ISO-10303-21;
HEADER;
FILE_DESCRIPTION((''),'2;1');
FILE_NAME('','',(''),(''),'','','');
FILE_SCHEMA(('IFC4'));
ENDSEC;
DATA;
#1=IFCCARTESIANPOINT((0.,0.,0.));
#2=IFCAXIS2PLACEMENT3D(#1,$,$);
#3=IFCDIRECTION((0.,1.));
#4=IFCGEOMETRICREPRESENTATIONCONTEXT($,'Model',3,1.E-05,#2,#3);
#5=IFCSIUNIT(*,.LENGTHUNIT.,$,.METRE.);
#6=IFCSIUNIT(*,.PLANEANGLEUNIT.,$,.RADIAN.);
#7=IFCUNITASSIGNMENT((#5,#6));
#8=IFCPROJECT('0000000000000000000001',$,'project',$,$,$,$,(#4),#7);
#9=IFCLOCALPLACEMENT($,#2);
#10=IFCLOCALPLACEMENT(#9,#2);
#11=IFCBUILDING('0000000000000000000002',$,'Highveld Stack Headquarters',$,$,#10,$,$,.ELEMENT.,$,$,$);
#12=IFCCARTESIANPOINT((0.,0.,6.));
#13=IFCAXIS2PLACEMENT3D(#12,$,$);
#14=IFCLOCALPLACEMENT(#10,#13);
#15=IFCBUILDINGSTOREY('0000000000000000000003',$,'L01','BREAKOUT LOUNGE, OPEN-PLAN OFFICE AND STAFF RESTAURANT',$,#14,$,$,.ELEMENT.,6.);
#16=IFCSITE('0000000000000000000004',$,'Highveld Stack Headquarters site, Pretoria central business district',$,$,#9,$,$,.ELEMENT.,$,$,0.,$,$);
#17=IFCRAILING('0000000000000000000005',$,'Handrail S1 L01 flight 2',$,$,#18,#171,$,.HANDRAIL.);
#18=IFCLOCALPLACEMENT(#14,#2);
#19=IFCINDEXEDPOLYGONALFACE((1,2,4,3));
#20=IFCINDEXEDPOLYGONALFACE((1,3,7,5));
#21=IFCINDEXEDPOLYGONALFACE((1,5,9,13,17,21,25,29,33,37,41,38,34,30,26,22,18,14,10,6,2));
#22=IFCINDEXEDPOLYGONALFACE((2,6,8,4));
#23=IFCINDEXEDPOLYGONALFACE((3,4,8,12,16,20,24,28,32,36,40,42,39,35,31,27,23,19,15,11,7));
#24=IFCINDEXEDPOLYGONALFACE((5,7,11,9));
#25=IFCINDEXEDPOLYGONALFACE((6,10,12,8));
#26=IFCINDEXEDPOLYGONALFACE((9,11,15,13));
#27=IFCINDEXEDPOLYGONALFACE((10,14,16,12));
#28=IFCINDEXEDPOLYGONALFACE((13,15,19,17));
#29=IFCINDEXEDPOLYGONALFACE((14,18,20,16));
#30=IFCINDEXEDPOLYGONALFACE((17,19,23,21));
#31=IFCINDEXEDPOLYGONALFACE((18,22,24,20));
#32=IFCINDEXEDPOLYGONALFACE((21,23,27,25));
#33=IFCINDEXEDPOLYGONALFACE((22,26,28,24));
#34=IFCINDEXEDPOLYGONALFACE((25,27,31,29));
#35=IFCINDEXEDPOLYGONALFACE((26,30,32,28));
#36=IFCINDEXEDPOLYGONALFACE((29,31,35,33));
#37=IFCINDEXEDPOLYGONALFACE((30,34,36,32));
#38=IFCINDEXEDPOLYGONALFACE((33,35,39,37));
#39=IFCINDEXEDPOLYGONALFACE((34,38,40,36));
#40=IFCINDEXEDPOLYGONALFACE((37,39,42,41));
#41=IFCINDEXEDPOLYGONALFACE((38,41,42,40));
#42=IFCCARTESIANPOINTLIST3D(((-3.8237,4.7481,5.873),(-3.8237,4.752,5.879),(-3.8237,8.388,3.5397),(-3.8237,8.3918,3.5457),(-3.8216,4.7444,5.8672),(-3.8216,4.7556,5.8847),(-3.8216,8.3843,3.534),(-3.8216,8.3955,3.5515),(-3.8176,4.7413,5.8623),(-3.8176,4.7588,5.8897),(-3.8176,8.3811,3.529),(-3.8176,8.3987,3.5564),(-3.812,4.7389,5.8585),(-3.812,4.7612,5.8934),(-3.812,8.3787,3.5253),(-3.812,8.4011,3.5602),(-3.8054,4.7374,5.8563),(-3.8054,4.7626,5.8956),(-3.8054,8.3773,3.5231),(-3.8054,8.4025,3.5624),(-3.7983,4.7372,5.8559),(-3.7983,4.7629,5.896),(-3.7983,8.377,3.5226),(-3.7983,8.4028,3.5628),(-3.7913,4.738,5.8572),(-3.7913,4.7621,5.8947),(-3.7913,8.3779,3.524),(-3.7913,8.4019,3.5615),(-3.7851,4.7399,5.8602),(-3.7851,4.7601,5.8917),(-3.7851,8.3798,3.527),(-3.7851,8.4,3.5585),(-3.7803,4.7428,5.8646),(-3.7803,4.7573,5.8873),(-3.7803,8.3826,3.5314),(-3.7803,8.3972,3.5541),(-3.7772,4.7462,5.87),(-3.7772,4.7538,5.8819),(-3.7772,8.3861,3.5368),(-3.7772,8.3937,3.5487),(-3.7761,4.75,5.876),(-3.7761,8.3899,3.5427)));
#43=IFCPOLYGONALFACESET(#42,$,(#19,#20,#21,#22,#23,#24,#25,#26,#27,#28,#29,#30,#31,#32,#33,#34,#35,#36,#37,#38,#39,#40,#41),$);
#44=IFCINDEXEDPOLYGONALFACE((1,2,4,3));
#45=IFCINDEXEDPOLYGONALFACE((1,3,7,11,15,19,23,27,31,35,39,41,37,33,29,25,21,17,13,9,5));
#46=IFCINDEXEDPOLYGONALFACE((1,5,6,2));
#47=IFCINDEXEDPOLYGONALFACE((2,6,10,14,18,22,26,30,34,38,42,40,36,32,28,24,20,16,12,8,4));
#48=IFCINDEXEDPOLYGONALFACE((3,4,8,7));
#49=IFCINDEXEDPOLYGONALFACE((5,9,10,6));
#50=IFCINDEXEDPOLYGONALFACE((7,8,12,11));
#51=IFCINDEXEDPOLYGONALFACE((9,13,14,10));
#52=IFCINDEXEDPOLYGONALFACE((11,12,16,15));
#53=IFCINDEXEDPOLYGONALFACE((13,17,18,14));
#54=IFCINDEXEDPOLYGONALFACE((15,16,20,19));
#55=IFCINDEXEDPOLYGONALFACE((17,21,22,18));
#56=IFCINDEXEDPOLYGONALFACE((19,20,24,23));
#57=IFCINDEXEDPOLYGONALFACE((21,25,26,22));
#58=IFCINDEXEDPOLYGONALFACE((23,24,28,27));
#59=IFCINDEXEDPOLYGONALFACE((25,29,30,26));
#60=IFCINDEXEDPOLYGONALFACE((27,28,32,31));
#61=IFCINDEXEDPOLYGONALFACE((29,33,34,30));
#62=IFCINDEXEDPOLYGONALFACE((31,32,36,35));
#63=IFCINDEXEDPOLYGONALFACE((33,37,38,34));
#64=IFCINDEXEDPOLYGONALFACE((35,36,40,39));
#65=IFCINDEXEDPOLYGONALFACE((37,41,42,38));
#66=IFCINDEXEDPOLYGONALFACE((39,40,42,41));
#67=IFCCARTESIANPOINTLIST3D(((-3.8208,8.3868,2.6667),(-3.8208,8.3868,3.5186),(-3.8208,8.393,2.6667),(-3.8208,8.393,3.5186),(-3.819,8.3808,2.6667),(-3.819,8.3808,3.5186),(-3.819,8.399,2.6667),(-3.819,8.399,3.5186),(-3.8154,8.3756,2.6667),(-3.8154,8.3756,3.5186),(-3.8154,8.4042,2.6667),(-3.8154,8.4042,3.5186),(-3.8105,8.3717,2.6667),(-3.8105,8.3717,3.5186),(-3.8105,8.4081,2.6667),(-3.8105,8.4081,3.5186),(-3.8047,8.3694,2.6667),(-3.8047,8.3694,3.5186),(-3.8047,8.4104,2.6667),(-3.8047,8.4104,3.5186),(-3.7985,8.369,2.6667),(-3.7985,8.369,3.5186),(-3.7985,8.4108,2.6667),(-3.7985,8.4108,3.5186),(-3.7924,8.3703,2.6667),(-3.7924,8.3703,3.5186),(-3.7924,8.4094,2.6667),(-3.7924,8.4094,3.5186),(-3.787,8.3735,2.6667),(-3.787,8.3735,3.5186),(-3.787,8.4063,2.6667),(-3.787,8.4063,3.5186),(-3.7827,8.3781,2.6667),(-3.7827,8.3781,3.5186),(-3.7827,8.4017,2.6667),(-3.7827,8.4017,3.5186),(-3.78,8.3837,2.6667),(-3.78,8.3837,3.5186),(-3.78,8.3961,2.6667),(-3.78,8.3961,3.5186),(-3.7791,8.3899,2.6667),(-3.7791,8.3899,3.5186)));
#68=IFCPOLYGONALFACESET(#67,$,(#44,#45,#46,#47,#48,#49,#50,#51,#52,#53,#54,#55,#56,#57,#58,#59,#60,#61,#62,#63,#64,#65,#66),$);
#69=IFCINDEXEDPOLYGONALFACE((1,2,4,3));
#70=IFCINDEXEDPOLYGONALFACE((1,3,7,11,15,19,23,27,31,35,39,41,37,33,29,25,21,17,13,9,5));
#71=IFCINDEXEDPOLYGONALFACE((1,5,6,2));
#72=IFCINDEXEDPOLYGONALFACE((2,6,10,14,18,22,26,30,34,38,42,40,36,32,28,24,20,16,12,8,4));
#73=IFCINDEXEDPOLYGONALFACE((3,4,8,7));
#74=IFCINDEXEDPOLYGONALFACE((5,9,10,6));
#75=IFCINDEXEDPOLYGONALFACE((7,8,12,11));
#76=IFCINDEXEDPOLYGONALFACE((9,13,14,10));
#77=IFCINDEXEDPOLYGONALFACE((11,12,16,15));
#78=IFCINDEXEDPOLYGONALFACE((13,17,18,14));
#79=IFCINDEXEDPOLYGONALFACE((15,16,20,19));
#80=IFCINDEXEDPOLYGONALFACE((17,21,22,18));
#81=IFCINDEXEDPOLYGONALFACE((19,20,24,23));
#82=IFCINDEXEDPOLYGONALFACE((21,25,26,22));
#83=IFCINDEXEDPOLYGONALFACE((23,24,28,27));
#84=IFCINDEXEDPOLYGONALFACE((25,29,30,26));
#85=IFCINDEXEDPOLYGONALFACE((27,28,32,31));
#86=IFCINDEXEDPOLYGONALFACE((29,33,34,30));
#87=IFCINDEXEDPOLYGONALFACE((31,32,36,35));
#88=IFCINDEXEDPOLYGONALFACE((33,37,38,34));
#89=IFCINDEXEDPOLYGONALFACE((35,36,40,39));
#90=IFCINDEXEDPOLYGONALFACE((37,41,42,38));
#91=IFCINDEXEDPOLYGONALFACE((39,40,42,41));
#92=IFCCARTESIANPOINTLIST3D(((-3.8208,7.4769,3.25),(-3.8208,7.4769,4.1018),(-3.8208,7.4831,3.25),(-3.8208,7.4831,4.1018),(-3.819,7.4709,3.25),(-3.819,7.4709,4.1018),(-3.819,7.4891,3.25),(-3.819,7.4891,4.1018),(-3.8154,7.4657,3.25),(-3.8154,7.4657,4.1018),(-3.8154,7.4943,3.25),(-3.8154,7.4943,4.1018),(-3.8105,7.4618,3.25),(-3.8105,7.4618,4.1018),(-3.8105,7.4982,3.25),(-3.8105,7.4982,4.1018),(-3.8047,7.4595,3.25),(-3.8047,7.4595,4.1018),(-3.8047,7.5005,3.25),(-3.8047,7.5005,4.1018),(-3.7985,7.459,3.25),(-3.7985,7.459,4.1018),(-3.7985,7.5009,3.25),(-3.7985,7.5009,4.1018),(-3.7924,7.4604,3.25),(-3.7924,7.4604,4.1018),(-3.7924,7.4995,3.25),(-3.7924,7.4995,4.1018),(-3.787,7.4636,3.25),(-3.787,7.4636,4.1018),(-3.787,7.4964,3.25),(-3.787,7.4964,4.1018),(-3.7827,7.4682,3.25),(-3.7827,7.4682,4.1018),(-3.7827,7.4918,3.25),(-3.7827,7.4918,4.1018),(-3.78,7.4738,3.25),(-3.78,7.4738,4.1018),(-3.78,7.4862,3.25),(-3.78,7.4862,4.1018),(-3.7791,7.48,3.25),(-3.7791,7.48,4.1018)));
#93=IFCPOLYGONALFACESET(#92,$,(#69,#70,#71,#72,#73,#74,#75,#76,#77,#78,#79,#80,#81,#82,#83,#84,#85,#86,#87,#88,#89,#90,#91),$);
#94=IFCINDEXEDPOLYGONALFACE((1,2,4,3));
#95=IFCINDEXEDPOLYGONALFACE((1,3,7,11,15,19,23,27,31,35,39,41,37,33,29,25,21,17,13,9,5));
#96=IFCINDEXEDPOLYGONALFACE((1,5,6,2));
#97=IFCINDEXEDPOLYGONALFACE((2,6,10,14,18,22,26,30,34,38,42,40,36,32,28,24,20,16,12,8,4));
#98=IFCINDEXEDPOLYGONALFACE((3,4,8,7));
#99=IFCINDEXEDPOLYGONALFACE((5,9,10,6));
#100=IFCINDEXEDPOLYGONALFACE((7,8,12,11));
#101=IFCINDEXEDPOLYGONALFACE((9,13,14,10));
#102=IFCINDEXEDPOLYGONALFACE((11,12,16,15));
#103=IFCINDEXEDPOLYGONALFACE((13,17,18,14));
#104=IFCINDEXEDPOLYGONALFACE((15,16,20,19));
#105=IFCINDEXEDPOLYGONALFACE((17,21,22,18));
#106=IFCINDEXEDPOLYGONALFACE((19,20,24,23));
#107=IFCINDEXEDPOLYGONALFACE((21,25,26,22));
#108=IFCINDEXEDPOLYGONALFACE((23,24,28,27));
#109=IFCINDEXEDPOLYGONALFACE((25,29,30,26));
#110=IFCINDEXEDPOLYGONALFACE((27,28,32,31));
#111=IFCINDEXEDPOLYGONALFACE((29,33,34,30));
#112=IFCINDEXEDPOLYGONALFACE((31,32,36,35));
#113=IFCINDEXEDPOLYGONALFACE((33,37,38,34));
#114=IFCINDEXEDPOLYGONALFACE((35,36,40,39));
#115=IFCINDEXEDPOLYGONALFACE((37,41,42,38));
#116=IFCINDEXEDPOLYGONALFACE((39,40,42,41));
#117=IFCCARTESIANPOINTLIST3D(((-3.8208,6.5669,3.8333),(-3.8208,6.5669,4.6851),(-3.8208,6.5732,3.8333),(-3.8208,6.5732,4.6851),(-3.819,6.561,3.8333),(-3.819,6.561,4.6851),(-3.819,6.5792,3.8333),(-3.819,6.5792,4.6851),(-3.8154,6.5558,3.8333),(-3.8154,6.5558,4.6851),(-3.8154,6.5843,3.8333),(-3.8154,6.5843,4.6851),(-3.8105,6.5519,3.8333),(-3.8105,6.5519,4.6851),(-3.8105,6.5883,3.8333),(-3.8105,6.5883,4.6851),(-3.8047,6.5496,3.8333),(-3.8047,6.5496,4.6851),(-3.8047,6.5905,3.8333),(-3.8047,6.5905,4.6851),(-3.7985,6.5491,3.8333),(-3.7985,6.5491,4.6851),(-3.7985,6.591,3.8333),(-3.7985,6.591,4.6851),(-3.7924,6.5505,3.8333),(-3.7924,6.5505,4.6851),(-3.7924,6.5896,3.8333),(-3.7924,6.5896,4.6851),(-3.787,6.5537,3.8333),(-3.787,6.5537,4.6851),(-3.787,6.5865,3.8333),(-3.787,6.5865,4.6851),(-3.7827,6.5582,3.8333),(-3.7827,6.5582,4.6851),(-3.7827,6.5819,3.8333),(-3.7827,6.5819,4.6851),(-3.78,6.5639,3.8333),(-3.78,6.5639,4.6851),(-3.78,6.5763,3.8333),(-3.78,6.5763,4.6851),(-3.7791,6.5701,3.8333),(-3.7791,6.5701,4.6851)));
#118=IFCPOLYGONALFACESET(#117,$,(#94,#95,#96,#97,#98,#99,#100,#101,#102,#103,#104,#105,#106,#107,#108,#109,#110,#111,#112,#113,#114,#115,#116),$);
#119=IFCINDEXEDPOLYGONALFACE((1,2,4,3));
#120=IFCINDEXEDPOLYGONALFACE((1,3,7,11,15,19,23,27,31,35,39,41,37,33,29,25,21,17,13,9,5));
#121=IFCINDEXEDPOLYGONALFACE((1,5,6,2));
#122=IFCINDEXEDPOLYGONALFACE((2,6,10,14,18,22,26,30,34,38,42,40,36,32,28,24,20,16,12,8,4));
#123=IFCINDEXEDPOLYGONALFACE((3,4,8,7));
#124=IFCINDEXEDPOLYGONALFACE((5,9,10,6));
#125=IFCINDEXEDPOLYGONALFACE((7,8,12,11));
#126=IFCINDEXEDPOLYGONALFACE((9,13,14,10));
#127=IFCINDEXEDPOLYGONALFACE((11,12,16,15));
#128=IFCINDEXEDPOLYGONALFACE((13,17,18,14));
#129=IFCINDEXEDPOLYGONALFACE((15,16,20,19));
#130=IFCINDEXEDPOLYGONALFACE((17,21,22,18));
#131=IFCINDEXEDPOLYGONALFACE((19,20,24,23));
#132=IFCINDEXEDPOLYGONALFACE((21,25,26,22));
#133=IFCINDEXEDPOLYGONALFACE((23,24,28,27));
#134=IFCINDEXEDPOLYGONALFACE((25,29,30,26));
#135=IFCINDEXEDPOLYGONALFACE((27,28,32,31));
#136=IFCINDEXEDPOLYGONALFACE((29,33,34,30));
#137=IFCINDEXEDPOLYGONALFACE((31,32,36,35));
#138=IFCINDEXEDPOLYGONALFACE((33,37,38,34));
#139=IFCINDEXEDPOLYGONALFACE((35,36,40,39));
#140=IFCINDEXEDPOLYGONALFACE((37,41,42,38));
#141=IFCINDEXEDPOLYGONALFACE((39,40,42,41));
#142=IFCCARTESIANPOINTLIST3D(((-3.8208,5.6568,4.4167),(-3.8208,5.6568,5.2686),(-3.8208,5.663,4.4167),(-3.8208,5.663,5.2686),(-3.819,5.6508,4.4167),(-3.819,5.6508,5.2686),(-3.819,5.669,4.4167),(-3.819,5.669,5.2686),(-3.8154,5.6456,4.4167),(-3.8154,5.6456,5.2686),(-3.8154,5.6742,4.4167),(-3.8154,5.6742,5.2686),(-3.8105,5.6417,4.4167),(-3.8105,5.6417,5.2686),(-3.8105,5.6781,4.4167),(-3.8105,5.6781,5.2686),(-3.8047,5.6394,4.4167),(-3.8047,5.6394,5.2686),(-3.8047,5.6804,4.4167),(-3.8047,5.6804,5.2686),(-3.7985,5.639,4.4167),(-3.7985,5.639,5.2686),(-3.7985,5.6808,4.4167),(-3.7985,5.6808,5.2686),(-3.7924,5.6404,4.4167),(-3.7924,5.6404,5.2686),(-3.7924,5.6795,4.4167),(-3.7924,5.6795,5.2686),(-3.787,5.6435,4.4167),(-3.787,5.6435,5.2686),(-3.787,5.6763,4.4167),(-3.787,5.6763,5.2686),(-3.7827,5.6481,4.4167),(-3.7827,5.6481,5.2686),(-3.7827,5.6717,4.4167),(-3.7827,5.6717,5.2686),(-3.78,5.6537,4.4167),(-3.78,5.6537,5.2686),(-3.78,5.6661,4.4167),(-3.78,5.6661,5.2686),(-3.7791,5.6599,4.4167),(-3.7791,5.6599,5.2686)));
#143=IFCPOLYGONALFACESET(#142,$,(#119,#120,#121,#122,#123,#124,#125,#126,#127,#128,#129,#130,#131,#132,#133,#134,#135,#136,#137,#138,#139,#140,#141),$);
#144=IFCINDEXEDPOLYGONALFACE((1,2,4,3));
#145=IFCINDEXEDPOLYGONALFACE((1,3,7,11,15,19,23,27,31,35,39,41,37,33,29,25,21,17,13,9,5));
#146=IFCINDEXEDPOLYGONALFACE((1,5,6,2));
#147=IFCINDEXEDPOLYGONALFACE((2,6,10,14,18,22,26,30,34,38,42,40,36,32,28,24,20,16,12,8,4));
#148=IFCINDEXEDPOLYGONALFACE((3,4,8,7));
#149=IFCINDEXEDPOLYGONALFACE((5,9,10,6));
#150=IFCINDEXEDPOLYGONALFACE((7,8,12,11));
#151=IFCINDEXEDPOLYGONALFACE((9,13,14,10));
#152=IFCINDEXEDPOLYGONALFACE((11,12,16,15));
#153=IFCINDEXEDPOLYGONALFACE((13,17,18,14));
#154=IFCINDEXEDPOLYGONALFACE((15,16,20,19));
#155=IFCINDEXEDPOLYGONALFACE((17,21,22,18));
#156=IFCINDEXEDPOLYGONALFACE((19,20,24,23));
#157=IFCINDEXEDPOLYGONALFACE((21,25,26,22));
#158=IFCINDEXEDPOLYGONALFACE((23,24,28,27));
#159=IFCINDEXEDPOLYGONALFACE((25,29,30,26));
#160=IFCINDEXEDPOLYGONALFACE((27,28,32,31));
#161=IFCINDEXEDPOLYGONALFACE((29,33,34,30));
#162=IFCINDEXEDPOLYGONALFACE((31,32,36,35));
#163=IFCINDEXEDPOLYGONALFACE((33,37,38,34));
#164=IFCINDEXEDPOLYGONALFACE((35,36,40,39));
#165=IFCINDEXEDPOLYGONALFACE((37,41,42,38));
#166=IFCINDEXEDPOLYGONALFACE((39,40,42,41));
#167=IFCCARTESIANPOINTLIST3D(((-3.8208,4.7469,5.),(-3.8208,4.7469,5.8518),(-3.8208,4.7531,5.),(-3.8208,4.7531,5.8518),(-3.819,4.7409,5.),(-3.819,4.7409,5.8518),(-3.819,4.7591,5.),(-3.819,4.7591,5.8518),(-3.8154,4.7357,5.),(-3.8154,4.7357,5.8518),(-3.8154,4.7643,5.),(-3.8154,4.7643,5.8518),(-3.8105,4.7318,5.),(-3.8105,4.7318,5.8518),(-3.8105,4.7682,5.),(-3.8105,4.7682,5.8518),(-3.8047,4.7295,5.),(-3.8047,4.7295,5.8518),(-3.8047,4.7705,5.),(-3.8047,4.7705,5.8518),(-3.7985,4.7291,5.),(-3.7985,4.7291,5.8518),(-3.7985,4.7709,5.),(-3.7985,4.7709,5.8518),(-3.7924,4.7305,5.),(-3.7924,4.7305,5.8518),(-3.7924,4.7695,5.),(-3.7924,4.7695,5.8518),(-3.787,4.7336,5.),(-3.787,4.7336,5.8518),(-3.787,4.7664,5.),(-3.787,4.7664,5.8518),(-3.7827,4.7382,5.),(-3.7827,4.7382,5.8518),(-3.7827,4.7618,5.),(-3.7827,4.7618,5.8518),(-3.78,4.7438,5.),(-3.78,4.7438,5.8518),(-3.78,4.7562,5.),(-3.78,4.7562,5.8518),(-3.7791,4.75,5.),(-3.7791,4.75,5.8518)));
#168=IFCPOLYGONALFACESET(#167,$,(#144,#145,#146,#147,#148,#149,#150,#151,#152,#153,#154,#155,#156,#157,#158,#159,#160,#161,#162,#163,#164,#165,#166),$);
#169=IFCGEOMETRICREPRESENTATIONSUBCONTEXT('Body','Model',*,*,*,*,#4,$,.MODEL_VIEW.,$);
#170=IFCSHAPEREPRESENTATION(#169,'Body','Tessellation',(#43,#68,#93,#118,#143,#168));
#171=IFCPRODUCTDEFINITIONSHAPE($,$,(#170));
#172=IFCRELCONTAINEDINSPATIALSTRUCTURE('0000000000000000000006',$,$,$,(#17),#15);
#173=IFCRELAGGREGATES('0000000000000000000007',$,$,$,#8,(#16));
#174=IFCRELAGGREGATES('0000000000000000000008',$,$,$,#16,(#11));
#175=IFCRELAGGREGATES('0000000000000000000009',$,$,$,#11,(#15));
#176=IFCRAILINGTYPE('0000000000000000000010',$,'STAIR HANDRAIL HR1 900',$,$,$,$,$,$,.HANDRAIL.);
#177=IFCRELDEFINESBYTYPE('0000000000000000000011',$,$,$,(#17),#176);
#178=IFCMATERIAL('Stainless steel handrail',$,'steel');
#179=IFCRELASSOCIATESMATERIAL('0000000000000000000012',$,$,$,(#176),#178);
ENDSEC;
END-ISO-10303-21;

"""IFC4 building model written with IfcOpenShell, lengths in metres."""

from ifc_helpers import new_model, si_unit, direction, frame, origin, origin_2d, place, context, subcontext, project, spatial, circle, extrude, material, type_object, element, save


model = new_model("IFC4")

# Units and contexts
model_context = context("Model", 3, precision=1e-05, world=origin(), true_north=direction((0.0, 1.0)))
body_context = subcontext(model_context, "Body", "Model", "MODEL_VIEW")
ifc_project = project(units=[si_unit("LENGTHUNIT", "METRE"), si_unit("PLANEANGLEUNIT", "RADIAN")], contexts=[model_context])

# Site, building, storey
site_placement = place(None, origin())
site = spatial("IfcSite", under=ifc_project, at=site_placement, Name="Highveld Stack Headquarters site, Pretoria central business district", CompositionType="ELEMENT", RefElevation=0.0)
building_placement = place(site_placement, origin())
building = spatial("IfcBuilding", under=site, at=building_placement, Name="Highveld Stack Headquarters", CompositionType="ELEMENT")
storey_placement = place(building_placement, frame((0.0, 0.0, 6.0)))
storey = spatial("IfcBuildingStorey", under=building, at=storey_placement, Name="L01", Description="BREAKOUT LOUNGE, OPEN-PLAN OFFICE AND STAFF RESTAURANT", CompositionType="ELEMENT", Elevation=6.0)

# Railing
ifc_material_1 = material(Name="Stainless steel handrail", Category="steel")
railing_type = type_object("IfcRailingType", Name="STAIR HANDRAIL HR1 900", PredefinedType="HANDRAIL", material=ifc_material_1)
for number, where, name in (
    (1, (-3.8, 8.3899, 2.6667), "Handrail S1 L01 flight 2"),
):
    element("IfcRailing", number, at=place(storey_placement, frame(where)), inside=storey, type_object=railing_type, Name=name, PredefinedType="HANDRAIL", context=body_context, shape_type="SweptSolid", body=[
        extrude(circle(Radius=0.0239, at=origin_2d()), frame((0.0, 0.0, 0.876), z_axis=(0.0, -0.84188, 0.539664), x_axis=(1.0, 0.0, 0.0)), (0.0, 0.0, 1.0), 4.3235),
        extrude(circle(Radius=0.021, at=origin_2d()), origin(), (0.0, 0.0, 1.0), 0.8518),
        extrude(circle(Radius=0.021, at=origin_2d()), frame((0.0, -0.9099, 0.5833)), (0.0, 0.0, 1.0), 0.8518),
        extrude(circle(Radius=0.021, at=origin_2d()), frame((0.0, -1.8198, 1.1665)), (0.0, 0.0, 1.0), 0.8518),
        extrude(circle(Radius=0.021, at=origin_2d()), frame((0.0, -2.73, 1.75)), (0.0, 0.0, 1.0), 0.8518),
        extrude(circle(Radius=0.021, at=origin_2d()), frame((0.0, -3.6399, 2.3333)), (0.0, 0.0, 1.0), 0.8518),
    ])

save(model, "model.ifc")
